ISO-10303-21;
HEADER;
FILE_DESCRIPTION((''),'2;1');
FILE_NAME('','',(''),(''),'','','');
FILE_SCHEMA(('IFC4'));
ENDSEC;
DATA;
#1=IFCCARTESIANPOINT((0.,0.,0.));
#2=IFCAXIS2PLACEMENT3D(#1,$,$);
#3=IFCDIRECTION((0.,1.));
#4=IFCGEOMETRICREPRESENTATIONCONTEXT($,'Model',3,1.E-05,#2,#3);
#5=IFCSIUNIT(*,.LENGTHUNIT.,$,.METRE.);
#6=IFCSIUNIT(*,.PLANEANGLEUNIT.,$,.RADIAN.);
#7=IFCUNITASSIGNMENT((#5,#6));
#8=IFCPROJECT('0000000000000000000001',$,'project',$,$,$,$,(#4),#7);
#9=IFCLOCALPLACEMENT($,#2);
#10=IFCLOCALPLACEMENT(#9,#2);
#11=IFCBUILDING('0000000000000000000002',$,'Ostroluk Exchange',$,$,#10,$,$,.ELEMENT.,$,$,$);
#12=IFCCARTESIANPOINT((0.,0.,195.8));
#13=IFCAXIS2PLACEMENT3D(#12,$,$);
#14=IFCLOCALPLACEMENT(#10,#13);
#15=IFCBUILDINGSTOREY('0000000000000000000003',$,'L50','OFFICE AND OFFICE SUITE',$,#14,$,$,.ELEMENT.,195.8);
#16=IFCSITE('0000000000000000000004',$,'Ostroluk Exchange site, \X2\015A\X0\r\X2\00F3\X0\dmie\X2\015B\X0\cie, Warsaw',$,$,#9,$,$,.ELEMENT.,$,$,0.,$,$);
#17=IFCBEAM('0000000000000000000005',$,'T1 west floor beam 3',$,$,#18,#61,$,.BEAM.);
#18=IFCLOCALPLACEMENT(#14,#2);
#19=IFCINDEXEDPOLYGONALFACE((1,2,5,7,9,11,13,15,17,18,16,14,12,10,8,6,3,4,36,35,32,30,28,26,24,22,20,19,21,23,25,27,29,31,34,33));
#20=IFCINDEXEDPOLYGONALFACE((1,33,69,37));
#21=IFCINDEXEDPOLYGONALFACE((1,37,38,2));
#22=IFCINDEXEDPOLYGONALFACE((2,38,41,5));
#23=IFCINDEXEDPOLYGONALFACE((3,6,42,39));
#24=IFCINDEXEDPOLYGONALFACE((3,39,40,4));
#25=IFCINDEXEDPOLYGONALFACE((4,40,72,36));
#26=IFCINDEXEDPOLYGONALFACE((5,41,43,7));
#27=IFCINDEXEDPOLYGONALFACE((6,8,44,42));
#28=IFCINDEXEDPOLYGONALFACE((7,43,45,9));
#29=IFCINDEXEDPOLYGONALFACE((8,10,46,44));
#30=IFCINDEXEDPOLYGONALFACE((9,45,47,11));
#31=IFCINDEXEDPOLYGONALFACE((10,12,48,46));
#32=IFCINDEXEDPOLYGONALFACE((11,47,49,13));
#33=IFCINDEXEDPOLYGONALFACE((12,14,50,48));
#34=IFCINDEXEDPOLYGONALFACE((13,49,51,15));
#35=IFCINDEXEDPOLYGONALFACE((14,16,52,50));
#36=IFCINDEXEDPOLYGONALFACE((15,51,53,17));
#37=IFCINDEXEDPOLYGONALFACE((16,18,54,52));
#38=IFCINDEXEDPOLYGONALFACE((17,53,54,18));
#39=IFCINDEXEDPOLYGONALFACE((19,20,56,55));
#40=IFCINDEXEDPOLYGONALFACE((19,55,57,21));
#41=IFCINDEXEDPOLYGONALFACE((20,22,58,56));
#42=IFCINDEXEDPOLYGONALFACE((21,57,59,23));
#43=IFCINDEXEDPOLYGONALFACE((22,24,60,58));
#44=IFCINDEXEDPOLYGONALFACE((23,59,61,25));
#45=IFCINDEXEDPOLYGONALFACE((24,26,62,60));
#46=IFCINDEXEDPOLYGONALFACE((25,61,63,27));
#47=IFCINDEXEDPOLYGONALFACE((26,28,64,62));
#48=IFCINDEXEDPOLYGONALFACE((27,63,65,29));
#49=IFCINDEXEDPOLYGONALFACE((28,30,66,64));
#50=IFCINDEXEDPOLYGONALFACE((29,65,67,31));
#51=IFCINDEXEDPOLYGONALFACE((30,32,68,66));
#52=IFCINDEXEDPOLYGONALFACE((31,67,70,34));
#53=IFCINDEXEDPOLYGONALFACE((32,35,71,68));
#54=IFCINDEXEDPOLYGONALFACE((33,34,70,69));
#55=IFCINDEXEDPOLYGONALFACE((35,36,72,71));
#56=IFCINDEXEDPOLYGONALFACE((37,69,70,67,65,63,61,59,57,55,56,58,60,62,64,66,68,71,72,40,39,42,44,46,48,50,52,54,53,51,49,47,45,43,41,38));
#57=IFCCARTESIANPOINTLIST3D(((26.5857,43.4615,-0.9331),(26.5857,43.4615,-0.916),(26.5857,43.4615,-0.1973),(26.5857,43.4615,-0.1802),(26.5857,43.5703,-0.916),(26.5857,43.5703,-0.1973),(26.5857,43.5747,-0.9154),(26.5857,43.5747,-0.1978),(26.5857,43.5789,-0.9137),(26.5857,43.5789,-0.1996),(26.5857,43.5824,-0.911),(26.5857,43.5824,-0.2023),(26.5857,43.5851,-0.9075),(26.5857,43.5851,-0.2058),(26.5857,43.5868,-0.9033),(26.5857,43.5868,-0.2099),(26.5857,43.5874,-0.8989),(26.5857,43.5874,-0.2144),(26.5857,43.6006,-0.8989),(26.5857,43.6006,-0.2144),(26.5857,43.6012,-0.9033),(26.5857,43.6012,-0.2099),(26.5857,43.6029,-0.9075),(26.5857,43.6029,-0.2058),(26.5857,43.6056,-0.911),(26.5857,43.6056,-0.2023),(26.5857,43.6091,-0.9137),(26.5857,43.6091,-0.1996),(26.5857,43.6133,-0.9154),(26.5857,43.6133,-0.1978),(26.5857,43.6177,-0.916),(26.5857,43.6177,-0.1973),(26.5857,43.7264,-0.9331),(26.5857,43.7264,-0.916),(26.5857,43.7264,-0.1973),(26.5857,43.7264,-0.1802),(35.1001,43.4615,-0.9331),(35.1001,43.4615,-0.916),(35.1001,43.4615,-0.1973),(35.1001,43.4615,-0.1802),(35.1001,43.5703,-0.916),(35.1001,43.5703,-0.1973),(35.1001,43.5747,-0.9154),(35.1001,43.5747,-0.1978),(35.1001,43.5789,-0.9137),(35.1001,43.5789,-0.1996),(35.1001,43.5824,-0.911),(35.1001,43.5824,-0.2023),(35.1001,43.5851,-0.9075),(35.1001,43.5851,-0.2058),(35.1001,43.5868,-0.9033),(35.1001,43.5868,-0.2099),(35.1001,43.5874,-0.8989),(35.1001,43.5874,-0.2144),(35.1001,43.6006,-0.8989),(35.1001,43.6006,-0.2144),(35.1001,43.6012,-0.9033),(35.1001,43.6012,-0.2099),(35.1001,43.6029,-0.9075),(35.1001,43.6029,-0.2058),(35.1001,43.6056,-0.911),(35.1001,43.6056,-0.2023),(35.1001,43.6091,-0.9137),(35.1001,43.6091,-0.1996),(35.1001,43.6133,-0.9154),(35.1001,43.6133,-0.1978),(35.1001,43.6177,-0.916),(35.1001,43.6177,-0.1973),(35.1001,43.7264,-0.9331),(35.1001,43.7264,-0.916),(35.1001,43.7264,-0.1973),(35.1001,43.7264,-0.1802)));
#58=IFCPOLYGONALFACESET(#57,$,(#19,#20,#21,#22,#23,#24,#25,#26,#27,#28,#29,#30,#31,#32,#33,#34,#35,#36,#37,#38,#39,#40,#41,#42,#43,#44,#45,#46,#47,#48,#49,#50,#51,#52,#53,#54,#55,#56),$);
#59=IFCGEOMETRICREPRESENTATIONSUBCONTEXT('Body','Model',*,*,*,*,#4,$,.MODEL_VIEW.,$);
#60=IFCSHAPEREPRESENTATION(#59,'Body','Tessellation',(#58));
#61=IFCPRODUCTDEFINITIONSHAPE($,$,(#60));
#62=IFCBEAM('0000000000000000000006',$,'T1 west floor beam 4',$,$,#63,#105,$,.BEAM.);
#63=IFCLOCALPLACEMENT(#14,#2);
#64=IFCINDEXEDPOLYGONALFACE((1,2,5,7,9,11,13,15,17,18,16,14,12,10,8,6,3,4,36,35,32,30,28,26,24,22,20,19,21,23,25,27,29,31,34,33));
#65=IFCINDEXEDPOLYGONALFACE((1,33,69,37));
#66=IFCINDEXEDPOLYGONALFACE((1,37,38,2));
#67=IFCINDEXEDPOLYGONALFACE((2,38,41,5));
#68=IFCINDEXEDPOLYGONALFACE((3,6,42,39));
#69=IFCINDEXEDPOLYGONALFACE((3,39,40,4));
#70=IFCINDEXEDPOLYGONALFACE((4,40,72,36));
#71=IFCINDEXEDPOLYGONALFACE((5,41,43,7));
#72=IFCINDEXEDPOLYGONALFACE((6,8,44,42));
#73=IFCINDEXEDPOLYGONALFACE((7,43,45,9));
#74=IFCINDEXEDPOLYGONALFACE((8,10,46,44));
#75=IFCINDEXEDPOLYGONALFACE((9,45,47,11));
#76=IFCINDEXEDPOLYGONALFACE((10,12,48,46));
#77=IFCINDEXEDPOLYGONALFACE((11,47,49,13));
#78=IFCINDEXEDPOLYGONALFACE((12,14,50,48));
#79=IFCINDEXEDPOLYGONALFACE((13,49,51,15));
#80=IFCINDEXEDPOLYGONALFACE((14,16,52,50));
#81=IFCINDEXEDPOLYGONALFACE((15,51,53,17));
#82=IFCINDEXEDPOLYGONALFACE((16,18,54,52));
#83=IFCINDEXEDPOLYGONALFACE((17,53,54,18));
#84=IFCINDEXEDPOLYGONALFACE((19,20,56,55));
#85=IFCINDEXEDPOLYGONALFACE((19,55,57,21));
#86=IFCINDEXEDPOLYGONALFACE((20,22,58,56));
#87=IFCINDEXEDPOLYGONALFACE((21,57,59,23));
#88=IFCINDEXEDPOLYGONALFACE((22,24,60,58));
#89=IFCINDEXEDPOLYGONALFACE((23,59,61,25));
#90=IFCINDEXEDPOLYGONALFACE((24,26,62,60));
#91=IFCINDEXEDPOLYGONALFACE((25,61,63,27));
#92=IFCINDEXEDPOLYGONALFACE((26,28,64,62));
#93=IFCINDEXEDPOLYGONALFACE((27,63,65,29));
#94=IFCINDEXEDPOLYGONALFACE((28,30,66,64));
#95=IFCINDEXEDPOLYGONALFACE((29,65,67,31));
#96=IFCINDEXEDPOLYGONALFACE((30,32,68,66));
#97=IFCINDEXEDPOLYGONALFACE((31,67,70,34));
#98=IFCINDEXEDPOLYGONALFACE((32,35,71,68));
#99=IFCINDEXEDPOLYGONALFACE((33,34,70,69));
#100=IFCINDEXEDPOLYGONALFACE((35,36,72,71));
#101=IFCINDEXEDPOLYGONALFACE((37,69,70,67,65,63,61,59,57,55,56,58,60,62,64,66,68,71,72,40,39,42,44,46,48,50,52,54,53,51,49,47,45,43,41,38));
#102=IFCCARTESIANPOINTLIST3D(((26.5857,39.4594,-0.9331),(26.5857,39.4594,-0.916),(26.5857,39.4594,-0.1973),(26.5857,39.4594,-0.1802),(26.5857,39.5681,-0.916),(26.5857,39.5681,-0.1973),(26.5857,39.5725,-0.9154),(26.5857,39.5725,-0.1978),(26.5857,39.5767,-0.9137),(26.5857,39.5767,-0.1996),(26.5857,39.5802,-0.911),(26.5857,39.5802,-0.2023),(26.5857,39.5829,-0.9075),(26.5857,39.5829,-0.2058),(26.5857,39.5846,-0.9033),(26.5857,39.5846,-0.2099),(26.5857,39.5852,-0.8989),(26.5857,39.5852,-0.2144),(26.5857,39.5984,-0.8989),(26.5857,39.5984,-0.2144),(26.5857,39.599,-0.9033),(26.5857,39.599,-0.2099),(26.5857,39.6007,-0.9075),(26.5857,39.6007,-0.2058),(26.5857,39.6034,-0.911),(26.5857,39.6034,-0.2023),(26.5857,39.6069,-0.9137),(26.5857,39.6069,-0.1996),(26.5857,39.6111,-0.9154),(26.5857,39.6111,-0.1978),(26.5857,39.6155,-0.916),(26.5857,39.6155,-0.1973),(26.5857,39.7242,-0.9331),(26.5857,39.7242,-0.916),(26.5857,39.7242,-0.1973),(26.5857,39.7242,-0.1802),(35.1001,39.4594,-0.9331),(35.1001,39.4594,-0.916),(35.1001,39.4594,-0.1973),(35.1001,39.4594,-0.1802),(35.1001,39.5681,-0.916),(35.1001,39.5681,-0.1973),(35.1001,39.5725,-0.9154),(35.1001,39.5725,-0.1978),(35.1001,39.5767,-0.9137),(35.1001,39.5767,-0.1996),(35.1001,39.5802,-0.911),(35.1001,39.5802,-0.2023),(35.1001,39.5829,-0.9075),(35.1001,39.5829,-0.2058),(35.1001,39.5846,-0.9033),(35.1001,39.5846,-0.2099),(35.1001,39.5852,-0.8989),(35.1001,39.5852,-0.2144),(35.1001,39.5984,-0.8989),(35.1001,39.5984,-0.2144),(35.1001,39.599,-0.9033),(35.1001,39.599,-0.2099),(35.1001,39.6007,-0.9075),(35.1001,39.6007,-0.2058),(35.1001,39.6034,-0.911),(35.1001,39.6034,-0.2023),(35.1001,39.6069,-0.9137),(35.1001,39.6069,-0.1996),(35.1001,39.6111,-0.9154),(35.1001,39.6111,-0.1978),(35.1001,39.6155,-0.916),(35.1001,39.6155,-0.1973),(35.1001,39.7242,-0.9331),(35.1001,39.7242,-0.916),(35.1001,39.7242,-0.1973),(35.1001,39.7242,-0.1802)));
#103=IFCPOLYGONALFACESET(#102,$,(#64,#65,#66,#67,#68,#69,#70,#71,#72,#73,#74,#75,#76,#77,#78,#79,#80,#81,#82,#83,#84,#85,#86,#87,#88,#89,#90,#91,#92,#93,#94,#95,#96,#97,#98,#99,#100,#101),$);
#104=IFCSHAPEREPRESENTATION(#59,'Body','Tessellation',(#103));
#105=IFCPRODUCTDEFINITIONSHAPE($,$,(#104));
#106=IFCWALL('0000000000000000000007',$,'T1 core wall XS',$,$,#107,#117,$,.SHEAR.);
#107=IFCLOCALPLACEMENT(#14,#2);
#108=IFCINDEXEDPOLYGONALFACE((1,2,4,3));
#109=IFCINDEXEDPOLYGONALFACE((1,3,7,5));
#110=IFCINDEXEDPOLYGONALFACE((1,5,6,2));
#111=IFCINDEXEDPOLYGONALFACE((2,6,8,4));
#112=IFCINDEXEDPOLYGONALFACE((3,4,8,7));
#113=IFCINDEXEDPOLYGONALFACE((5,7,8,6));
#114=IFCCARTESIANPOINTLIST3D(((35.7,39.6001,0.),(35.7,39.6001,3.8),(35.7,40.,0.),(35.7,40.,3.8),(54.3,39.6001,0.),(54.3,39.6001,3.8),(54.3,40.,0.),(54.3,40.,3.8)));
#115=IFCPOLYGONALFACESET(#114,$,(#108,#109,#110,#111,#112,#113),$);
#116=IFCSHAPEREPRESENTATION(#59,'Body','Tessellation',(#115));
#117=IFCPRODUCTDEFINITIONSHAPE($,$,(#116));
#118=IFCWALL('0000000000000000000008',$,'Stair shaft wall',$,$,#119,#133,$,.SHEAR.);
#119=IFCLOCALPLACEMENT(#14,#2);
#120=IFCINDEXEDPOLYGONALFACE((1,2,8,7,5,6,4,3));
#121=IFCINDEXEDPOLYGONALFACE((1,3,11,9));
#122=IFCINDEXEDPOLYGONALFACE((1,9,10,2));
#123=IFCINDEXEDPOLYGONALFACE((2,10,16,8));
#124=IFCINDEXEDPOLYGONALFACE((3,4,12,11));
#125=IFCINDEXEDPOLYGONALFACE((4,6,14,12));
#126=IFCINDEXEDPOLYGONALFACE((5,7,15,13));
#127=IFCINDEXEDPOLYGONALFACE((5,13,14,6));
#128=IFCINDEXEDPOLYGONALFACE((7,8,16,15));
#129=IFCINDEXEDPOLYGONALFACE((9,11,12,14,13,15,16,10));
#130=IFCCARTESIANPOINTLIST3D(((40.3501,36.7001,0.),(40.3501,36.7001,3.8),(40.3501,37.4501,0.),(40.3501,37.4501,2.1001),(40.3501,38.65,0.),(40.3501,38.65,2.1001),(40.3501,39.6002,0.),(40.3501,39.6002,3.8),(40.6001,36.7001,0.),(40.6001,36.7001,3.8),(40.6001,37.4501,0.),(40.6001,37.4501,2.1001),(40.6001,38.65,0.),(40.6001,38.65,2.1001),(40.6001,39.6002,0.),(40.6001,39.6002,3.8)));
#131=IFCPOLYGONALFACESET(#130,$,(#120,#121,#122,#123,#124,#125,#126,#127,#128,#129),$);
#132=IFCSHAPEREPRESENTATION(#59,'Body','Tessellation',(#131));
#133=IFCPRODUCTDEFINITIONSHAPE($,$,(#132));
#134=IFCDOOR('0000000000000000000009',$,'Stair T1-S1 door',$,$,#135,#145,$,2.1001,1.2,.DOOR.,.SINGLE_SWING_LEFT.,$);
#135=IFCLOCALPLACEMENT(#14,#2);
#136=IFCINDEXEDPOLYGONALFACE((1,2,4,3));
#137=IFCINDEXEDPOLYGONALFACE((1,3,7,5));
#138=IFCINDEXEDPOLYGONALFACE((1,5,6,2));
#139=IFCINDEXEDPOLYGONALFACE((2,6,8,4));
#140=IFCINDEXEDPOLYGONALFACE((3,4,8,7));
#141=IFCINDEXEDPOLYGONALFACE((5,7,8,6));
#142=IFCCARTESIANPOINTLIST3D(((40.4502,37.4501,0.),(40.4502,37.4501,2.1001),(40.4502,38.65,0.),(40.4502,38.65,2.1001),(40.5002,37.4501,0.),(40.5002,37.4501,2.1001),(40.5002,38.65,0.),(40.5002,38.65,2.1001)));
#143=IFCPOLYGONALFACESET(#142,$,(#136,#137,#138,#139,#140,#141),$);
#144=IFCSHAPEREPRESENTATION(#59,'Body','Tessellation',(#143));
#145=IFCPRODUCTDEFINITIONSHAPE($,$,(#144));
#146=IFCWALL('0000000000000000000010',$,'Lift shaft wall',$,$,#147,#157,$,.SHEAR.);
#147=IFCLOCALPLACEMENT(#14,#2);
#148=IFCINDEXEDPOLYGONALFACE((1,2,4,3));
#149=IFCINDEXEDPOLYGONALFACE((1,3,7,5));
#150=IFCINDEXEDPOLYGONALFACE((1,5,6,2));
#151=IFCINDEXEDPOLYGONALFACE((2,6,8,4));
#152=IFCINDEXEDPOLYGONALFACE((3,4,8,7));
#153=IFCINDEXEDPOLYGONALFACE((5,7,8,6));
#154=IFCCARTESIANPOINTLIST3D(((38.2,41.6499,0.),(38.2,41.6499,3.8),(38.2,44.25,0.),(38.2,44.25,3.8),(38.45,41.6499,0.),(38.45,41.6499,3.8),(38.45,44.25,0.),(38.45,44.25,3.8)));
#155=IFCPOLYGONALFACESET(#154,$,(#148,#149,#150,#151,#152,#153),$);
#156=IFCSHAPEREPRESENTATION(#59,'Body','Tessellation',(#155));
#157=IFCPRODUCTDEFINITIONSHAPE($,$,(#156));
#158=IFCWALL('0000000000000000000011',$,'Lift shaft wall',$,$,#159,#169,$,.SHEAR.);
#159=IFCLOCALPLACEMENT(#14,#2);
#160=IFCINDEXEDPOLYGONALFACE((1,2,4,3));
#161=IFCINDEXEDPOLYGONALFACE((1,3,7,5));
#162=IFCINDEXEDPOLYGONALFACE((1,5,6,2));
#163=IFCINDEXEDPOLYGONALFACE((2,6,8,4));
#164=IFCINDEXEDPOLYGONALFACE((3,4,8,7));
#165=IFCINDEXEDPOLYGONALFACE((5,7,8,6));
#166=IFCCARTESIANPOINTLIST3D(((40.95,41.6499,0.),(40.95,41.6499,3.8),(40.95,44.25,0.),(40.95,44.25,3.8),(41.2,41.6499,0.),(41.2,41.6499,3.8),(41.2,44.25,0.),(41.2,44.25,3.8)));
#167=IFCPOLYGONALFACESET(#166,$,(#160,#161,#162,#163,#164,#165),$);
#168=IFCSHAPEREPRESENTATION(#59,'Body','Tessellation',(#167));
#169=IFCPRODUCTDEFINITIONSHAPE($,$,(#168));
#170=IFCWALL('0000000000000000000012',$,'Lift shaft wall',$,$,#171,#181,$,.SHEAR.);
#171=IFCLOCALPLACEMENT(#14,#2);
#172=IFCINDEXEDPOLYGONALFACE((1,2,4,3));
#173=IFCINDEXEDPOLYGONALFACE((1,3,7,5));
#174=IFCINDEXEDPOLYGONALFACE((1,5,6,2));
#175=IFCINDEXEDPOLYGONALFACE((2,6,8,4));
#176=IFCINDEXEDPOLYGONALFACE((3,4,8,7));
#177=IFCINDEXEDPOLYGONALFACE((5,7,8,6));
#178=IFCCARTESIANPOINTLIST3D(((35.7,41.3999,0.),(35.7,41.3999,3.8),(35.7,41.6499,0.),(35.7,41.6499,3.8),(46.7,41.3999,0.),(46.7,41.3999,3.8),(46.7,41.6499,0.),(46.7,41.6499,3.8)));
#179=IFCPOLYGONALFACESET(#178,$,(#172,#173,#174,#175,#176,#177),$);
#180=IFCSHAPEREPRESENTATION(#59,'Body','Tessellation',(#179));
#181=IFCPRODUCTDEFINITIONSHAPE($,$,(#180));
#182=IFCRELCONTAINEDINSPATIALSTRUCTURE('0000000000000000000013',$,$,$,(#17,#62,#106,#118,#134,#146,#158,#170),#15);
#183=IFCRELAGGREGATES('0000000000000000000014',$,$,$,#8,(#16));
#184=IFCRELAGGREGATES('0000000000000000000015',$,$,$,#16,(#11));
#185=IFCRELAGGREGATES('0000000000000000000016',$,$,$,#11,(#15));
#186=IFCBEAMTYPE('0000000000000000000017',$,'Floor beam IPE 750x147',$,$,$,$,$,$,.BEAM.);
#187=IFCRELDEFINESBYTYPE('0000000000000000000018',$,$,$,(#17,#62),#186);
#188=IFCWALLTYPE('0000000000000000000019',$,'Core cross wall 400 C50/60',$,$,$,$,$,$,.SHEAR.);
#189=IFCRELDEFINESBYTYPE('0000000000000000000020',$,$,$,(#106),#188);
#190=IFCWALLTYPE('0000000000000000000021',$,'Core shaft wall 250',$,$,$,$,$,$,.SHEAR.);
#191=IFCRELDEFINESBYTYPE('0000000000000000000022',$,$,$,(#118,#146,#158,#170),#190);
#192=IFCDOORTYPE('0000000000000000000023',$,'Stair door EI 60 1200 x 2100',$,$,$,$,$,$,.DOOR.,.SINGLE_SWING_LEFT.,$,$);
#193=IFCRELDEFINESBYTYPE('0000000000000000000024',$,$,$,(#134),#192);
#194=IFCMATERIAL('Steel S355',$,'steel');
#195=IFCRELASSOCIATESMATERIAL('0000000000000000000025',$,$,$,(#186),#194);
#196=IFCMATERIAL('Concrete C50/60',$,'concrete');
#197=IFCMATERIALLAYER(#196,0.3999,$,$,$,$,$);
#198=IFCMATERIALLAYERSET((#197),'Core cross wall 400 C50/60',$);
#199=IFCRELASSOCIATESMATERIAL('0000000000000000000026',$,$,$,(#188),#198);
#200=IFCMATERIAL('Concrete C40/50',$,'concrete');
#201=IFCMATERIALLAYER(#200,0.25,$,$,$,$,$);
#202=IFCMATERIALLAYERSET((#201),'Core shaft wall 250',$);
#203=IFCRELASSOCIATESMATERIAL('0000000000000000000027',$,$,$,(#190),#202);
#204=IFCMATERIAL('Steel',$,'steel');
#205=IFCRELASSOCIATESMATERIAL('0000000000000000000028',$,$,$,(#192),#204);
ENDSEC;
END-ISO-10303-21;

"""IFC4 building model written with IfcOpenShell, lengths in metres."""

from ifc_helpers import new_model, si_unit, direction, frame, frame_2d, origin, origin_2d, place, context, subcontext, project, spatial, rectangle, i_section, extrude, material, layer, layer_set, material_profile, profile_set, type_object, element, fill, save


model = new_model("IFC4")

# Units and contexts
model_context = context("Model", 3, precision=1e-05, world=origin(), true_north=direction((0.0, 1.0)))
body_context = subcontext(model_context, "Body", "Model", "MODEL_VIEW")
ifc_project = project(units=[si_unit("LENGTHUNIT", "METRE"), si_unit("PLANEANGLEUNIT", "RADIAN")], contexts=[model_context])

# Site, building, storey
site_placement = place(None, origin())
site = spatial("IfcSite", under=ifc_project, at=site_placement, Name="Ostroluk Exchange site, Śródmieście, Warsaw", CompositionType="ELEMENT", RefElevation=0.0)
building_placement = place(site_placement, origin())
building = spatial("IfcBuilding", under=site, at=building_placement, Name="Ostroluk Exchange", CompositionType="ELEMENT")
storey_placement = place(building_placement, frame((0.0, 0.0, 195.8)))
storey = spatial("IfcBuildingStorey", under=building, at=storey_placement, Name="L50", Description="OFFICE AND OFFICE SUITE", CompositionType="ELEMENT", Elevation=195.8)

# Beams
ifc_material_1 = material(Name="Steel S355", Category="steel")
ifc_material_profile = material_profile(ifc_material_1, i_section(OverallWidth=0.2649, OverallDepth=0.7529, WebThickness=0.0132, FlangeThickness=0.0171, FilletRadius=0.0171, at=origin_2d()), Name="IPE 750x147")
ifc_profile_set = profile_set([ifc_material_profile], Name="Steel S355")
beam_type = type_object("IfcBeamType", Name="Floor beam IPE 750x147", PredefinedType="BEAM", material=ifc_profile_set)
for number, where, z_axis, x_axis, name in (
    (1, (35.1001, 43.594, -0.5566), (-1.0, 0.0, 0.0), (0.0, -1.0, 0.0), "T1 west floor beam 3"),
    (2, (35.1001, 39.5918, -0.5566), (-1.0, 0.0, 0.0), (0.0, -1.0, 0.0), "T1 west floor beam 4"),
):
    element("IfcBeam", number, at=place(storey_placement, frame(where, z_axis=z_axis, x_axis=x_axis)), inside=storey, type_object=beam_type, Name=name, PredefinedType="BEAM", context=body_context, shape_type="SweptSolid", body=[
        extrude(i_section(OverallWidth=0.2649, OverallDepth=0.7529, WebThickness=0.0132, FlangeThickness=0.0171, FilletRadius=0.0171, at=origin_2d()), origin(), (0.0, 0.0, 1.0), 8.5144),
    ])

# Wall
ifc_material_2 = material(Name="Concrete C50/60", Category="concrete")
ifc_layer_1 = layer(ifc_material_2, 0.3999)
ifc_layer_set_1 = layer_set([ifc_layer_1], Name="Core cross wall 400 C50/60")
wall_type_1 = type_object("IfcWallType", Name="Core cross wall 400 C50/60", PredefinedType="SHEAR", material=ifc_layer_set_1)
wall_1_placement = place(storey_placement, frame((35.7, 39.8, 0.0), z_axis=(0.0, 0.0, 1.0), x_axis=(1.0, 0.0, 0.0)))
element("IfcWall", 3, at=wall_1_placement, inside=storey, type_object=wall_type_1, Name="T1 core wall XS", PredefinedType="SHEAR", context=body_context, shape_type="SweptSolid", body=[
    extrude(rectangle(XDim=18.6001, YDim=0.3999, at=frame_2d((9.3, 0.0))), origin(), (0.0, 0.0, 1.0), 3.8),
])

# Wall, opening, door
ifc_material_3 = material(Name="Concrete C40/50", Category="concrete")
ifc_layer_2 = layer(ifc_material_3, 0.25)
ifc_layer_set_2 = layer_set([ifc_layer_2], Name="Core shaft wall 250")
wall_type_2 = type_object("IfcWallType", Name="Core shaft wall 250", PredefinedType="SHEAR", material=ifc_layer_set_2)
wall_2_placement = place(storey_placement, frame((40.4751, 36.7, 0.0), z_axis=(0.0, 0.0, 1.0), x_axis=(0.0, 1.0, 0.0)))
wall_2 = element("IfcWall", 4, at=wall_2_placement, inside=storey, type_object=wall_type_2, Name="Stair shaft wall", PredefinedType="SHEAR", context=body_context, shape_type="SweptSolid", body=[
    extrude(rectangle(XDim=2.9001, YDim=0.25, at=frame_2d((1.4502, 0.0))), origin(), (0.0, 0.0, 1.0), 3.8),
])
opening_1_placement = place(wall_2_placement, frame((0.75, 0.0, 0.0)))
opening_1 = element("IfcOpeningElement", 5, at=opening_1_placement, cuts=wall_2, PredefinedType="OPENING", context=body_context, shape_type="SweptSolid", body=[
    extrude(rectangle(XDim=1.2, YDim=2.1001, at=frame_2d((0.6001, 1.05))), frame((0.0, 0.135, 0.0), z_axis=(0.0, -1.0, 0.0), x_axis=(1.0, 0.0, 0.0)), (0.0, 0.0, 1.0), 0.27),
])
ifc_material_4 = material(Name="Steel", Category="steel")
door_type_1 = type_object("IfcDoorType", Name="Stair door EI 60 1200 x 2100", OperationType="SINGLE_SWING_LEFT", PredefinedType="DOOR", material=ifc_material_4)
door_1_placement = place(opening_1_placement, origin())
door_1 = element("IfcDoor", 6, at=door_1_placement, inside=storey, type_object=door_type_1, Name="Stair T1-S1 door", OperationType="SINGLE_SWING_LEFT", OverallHeight=2.1001, OverallWidth=1.2, PredefinedType="DOOR", context=body_context, shape_type="SweptSolid", body=[
    extrude(rectangle(XDim=1.2, YDim=2.1001, at=frame_2d((0.6001, 1.05))), frame((0.0, 0.0249, 0.0), z_axis=(0.0, -1.0, 0.0), x_axis=(1.0, 0.0, 0.0)), (0.0, 0.0, 1.0), 0.05),
])
fill(opening_1, door_1)

# Walls
for number, where, z_axis, x_axis, name in (
    (7, (38.325, 44.25, 0.0), (0.0, 0.0, 1.0), (0.0, -1.0, 0.0), "Lift shaft wall"),
    (8, (41.075, 44.25, 0.0), (0.0, 0.0, 1.0), (0.0, -1.0, 0.0), "Lift shaft wall"),
):
    element("IfcWall", number, at=place(storey_placement, frame(where, z_axis=z_axis, x_axis=x_axis)), inside=storey, type_object=wall_type_2, Name=name, PredefinedType="SHEAR", context=body_context, shape_type="SweptSolid", body=[
        extrude(rectangle(XDim=2.6001, YDim=0.25, at=frame_2d((1.3, 0.0))), origin(), (0.0, 0.0, 1.0), 3.8),
    ])
wall_3_placement = place(storey_placement, frame((35.7, 41.5249, 0.0), z_axis=(0.0, 0.0, 1.0), x_axis=(1.0, 0.0, 0.0)))
element("IfcWall", 9, at=wall_3_placement, inside=storey, type_object=wall_type_2, Name="Lift shaft wall", PredefinedType="SHEAR", context=body_context, shape_type="SweptSolid", body=[
    extrude(rectangle(XDim=11.0, YDim=0.25, at=frame_2d((5.5, 0.0))), origin(), (0.0, 0.0, 1.0), 3.8),
])

save(model, "model.ifc")
